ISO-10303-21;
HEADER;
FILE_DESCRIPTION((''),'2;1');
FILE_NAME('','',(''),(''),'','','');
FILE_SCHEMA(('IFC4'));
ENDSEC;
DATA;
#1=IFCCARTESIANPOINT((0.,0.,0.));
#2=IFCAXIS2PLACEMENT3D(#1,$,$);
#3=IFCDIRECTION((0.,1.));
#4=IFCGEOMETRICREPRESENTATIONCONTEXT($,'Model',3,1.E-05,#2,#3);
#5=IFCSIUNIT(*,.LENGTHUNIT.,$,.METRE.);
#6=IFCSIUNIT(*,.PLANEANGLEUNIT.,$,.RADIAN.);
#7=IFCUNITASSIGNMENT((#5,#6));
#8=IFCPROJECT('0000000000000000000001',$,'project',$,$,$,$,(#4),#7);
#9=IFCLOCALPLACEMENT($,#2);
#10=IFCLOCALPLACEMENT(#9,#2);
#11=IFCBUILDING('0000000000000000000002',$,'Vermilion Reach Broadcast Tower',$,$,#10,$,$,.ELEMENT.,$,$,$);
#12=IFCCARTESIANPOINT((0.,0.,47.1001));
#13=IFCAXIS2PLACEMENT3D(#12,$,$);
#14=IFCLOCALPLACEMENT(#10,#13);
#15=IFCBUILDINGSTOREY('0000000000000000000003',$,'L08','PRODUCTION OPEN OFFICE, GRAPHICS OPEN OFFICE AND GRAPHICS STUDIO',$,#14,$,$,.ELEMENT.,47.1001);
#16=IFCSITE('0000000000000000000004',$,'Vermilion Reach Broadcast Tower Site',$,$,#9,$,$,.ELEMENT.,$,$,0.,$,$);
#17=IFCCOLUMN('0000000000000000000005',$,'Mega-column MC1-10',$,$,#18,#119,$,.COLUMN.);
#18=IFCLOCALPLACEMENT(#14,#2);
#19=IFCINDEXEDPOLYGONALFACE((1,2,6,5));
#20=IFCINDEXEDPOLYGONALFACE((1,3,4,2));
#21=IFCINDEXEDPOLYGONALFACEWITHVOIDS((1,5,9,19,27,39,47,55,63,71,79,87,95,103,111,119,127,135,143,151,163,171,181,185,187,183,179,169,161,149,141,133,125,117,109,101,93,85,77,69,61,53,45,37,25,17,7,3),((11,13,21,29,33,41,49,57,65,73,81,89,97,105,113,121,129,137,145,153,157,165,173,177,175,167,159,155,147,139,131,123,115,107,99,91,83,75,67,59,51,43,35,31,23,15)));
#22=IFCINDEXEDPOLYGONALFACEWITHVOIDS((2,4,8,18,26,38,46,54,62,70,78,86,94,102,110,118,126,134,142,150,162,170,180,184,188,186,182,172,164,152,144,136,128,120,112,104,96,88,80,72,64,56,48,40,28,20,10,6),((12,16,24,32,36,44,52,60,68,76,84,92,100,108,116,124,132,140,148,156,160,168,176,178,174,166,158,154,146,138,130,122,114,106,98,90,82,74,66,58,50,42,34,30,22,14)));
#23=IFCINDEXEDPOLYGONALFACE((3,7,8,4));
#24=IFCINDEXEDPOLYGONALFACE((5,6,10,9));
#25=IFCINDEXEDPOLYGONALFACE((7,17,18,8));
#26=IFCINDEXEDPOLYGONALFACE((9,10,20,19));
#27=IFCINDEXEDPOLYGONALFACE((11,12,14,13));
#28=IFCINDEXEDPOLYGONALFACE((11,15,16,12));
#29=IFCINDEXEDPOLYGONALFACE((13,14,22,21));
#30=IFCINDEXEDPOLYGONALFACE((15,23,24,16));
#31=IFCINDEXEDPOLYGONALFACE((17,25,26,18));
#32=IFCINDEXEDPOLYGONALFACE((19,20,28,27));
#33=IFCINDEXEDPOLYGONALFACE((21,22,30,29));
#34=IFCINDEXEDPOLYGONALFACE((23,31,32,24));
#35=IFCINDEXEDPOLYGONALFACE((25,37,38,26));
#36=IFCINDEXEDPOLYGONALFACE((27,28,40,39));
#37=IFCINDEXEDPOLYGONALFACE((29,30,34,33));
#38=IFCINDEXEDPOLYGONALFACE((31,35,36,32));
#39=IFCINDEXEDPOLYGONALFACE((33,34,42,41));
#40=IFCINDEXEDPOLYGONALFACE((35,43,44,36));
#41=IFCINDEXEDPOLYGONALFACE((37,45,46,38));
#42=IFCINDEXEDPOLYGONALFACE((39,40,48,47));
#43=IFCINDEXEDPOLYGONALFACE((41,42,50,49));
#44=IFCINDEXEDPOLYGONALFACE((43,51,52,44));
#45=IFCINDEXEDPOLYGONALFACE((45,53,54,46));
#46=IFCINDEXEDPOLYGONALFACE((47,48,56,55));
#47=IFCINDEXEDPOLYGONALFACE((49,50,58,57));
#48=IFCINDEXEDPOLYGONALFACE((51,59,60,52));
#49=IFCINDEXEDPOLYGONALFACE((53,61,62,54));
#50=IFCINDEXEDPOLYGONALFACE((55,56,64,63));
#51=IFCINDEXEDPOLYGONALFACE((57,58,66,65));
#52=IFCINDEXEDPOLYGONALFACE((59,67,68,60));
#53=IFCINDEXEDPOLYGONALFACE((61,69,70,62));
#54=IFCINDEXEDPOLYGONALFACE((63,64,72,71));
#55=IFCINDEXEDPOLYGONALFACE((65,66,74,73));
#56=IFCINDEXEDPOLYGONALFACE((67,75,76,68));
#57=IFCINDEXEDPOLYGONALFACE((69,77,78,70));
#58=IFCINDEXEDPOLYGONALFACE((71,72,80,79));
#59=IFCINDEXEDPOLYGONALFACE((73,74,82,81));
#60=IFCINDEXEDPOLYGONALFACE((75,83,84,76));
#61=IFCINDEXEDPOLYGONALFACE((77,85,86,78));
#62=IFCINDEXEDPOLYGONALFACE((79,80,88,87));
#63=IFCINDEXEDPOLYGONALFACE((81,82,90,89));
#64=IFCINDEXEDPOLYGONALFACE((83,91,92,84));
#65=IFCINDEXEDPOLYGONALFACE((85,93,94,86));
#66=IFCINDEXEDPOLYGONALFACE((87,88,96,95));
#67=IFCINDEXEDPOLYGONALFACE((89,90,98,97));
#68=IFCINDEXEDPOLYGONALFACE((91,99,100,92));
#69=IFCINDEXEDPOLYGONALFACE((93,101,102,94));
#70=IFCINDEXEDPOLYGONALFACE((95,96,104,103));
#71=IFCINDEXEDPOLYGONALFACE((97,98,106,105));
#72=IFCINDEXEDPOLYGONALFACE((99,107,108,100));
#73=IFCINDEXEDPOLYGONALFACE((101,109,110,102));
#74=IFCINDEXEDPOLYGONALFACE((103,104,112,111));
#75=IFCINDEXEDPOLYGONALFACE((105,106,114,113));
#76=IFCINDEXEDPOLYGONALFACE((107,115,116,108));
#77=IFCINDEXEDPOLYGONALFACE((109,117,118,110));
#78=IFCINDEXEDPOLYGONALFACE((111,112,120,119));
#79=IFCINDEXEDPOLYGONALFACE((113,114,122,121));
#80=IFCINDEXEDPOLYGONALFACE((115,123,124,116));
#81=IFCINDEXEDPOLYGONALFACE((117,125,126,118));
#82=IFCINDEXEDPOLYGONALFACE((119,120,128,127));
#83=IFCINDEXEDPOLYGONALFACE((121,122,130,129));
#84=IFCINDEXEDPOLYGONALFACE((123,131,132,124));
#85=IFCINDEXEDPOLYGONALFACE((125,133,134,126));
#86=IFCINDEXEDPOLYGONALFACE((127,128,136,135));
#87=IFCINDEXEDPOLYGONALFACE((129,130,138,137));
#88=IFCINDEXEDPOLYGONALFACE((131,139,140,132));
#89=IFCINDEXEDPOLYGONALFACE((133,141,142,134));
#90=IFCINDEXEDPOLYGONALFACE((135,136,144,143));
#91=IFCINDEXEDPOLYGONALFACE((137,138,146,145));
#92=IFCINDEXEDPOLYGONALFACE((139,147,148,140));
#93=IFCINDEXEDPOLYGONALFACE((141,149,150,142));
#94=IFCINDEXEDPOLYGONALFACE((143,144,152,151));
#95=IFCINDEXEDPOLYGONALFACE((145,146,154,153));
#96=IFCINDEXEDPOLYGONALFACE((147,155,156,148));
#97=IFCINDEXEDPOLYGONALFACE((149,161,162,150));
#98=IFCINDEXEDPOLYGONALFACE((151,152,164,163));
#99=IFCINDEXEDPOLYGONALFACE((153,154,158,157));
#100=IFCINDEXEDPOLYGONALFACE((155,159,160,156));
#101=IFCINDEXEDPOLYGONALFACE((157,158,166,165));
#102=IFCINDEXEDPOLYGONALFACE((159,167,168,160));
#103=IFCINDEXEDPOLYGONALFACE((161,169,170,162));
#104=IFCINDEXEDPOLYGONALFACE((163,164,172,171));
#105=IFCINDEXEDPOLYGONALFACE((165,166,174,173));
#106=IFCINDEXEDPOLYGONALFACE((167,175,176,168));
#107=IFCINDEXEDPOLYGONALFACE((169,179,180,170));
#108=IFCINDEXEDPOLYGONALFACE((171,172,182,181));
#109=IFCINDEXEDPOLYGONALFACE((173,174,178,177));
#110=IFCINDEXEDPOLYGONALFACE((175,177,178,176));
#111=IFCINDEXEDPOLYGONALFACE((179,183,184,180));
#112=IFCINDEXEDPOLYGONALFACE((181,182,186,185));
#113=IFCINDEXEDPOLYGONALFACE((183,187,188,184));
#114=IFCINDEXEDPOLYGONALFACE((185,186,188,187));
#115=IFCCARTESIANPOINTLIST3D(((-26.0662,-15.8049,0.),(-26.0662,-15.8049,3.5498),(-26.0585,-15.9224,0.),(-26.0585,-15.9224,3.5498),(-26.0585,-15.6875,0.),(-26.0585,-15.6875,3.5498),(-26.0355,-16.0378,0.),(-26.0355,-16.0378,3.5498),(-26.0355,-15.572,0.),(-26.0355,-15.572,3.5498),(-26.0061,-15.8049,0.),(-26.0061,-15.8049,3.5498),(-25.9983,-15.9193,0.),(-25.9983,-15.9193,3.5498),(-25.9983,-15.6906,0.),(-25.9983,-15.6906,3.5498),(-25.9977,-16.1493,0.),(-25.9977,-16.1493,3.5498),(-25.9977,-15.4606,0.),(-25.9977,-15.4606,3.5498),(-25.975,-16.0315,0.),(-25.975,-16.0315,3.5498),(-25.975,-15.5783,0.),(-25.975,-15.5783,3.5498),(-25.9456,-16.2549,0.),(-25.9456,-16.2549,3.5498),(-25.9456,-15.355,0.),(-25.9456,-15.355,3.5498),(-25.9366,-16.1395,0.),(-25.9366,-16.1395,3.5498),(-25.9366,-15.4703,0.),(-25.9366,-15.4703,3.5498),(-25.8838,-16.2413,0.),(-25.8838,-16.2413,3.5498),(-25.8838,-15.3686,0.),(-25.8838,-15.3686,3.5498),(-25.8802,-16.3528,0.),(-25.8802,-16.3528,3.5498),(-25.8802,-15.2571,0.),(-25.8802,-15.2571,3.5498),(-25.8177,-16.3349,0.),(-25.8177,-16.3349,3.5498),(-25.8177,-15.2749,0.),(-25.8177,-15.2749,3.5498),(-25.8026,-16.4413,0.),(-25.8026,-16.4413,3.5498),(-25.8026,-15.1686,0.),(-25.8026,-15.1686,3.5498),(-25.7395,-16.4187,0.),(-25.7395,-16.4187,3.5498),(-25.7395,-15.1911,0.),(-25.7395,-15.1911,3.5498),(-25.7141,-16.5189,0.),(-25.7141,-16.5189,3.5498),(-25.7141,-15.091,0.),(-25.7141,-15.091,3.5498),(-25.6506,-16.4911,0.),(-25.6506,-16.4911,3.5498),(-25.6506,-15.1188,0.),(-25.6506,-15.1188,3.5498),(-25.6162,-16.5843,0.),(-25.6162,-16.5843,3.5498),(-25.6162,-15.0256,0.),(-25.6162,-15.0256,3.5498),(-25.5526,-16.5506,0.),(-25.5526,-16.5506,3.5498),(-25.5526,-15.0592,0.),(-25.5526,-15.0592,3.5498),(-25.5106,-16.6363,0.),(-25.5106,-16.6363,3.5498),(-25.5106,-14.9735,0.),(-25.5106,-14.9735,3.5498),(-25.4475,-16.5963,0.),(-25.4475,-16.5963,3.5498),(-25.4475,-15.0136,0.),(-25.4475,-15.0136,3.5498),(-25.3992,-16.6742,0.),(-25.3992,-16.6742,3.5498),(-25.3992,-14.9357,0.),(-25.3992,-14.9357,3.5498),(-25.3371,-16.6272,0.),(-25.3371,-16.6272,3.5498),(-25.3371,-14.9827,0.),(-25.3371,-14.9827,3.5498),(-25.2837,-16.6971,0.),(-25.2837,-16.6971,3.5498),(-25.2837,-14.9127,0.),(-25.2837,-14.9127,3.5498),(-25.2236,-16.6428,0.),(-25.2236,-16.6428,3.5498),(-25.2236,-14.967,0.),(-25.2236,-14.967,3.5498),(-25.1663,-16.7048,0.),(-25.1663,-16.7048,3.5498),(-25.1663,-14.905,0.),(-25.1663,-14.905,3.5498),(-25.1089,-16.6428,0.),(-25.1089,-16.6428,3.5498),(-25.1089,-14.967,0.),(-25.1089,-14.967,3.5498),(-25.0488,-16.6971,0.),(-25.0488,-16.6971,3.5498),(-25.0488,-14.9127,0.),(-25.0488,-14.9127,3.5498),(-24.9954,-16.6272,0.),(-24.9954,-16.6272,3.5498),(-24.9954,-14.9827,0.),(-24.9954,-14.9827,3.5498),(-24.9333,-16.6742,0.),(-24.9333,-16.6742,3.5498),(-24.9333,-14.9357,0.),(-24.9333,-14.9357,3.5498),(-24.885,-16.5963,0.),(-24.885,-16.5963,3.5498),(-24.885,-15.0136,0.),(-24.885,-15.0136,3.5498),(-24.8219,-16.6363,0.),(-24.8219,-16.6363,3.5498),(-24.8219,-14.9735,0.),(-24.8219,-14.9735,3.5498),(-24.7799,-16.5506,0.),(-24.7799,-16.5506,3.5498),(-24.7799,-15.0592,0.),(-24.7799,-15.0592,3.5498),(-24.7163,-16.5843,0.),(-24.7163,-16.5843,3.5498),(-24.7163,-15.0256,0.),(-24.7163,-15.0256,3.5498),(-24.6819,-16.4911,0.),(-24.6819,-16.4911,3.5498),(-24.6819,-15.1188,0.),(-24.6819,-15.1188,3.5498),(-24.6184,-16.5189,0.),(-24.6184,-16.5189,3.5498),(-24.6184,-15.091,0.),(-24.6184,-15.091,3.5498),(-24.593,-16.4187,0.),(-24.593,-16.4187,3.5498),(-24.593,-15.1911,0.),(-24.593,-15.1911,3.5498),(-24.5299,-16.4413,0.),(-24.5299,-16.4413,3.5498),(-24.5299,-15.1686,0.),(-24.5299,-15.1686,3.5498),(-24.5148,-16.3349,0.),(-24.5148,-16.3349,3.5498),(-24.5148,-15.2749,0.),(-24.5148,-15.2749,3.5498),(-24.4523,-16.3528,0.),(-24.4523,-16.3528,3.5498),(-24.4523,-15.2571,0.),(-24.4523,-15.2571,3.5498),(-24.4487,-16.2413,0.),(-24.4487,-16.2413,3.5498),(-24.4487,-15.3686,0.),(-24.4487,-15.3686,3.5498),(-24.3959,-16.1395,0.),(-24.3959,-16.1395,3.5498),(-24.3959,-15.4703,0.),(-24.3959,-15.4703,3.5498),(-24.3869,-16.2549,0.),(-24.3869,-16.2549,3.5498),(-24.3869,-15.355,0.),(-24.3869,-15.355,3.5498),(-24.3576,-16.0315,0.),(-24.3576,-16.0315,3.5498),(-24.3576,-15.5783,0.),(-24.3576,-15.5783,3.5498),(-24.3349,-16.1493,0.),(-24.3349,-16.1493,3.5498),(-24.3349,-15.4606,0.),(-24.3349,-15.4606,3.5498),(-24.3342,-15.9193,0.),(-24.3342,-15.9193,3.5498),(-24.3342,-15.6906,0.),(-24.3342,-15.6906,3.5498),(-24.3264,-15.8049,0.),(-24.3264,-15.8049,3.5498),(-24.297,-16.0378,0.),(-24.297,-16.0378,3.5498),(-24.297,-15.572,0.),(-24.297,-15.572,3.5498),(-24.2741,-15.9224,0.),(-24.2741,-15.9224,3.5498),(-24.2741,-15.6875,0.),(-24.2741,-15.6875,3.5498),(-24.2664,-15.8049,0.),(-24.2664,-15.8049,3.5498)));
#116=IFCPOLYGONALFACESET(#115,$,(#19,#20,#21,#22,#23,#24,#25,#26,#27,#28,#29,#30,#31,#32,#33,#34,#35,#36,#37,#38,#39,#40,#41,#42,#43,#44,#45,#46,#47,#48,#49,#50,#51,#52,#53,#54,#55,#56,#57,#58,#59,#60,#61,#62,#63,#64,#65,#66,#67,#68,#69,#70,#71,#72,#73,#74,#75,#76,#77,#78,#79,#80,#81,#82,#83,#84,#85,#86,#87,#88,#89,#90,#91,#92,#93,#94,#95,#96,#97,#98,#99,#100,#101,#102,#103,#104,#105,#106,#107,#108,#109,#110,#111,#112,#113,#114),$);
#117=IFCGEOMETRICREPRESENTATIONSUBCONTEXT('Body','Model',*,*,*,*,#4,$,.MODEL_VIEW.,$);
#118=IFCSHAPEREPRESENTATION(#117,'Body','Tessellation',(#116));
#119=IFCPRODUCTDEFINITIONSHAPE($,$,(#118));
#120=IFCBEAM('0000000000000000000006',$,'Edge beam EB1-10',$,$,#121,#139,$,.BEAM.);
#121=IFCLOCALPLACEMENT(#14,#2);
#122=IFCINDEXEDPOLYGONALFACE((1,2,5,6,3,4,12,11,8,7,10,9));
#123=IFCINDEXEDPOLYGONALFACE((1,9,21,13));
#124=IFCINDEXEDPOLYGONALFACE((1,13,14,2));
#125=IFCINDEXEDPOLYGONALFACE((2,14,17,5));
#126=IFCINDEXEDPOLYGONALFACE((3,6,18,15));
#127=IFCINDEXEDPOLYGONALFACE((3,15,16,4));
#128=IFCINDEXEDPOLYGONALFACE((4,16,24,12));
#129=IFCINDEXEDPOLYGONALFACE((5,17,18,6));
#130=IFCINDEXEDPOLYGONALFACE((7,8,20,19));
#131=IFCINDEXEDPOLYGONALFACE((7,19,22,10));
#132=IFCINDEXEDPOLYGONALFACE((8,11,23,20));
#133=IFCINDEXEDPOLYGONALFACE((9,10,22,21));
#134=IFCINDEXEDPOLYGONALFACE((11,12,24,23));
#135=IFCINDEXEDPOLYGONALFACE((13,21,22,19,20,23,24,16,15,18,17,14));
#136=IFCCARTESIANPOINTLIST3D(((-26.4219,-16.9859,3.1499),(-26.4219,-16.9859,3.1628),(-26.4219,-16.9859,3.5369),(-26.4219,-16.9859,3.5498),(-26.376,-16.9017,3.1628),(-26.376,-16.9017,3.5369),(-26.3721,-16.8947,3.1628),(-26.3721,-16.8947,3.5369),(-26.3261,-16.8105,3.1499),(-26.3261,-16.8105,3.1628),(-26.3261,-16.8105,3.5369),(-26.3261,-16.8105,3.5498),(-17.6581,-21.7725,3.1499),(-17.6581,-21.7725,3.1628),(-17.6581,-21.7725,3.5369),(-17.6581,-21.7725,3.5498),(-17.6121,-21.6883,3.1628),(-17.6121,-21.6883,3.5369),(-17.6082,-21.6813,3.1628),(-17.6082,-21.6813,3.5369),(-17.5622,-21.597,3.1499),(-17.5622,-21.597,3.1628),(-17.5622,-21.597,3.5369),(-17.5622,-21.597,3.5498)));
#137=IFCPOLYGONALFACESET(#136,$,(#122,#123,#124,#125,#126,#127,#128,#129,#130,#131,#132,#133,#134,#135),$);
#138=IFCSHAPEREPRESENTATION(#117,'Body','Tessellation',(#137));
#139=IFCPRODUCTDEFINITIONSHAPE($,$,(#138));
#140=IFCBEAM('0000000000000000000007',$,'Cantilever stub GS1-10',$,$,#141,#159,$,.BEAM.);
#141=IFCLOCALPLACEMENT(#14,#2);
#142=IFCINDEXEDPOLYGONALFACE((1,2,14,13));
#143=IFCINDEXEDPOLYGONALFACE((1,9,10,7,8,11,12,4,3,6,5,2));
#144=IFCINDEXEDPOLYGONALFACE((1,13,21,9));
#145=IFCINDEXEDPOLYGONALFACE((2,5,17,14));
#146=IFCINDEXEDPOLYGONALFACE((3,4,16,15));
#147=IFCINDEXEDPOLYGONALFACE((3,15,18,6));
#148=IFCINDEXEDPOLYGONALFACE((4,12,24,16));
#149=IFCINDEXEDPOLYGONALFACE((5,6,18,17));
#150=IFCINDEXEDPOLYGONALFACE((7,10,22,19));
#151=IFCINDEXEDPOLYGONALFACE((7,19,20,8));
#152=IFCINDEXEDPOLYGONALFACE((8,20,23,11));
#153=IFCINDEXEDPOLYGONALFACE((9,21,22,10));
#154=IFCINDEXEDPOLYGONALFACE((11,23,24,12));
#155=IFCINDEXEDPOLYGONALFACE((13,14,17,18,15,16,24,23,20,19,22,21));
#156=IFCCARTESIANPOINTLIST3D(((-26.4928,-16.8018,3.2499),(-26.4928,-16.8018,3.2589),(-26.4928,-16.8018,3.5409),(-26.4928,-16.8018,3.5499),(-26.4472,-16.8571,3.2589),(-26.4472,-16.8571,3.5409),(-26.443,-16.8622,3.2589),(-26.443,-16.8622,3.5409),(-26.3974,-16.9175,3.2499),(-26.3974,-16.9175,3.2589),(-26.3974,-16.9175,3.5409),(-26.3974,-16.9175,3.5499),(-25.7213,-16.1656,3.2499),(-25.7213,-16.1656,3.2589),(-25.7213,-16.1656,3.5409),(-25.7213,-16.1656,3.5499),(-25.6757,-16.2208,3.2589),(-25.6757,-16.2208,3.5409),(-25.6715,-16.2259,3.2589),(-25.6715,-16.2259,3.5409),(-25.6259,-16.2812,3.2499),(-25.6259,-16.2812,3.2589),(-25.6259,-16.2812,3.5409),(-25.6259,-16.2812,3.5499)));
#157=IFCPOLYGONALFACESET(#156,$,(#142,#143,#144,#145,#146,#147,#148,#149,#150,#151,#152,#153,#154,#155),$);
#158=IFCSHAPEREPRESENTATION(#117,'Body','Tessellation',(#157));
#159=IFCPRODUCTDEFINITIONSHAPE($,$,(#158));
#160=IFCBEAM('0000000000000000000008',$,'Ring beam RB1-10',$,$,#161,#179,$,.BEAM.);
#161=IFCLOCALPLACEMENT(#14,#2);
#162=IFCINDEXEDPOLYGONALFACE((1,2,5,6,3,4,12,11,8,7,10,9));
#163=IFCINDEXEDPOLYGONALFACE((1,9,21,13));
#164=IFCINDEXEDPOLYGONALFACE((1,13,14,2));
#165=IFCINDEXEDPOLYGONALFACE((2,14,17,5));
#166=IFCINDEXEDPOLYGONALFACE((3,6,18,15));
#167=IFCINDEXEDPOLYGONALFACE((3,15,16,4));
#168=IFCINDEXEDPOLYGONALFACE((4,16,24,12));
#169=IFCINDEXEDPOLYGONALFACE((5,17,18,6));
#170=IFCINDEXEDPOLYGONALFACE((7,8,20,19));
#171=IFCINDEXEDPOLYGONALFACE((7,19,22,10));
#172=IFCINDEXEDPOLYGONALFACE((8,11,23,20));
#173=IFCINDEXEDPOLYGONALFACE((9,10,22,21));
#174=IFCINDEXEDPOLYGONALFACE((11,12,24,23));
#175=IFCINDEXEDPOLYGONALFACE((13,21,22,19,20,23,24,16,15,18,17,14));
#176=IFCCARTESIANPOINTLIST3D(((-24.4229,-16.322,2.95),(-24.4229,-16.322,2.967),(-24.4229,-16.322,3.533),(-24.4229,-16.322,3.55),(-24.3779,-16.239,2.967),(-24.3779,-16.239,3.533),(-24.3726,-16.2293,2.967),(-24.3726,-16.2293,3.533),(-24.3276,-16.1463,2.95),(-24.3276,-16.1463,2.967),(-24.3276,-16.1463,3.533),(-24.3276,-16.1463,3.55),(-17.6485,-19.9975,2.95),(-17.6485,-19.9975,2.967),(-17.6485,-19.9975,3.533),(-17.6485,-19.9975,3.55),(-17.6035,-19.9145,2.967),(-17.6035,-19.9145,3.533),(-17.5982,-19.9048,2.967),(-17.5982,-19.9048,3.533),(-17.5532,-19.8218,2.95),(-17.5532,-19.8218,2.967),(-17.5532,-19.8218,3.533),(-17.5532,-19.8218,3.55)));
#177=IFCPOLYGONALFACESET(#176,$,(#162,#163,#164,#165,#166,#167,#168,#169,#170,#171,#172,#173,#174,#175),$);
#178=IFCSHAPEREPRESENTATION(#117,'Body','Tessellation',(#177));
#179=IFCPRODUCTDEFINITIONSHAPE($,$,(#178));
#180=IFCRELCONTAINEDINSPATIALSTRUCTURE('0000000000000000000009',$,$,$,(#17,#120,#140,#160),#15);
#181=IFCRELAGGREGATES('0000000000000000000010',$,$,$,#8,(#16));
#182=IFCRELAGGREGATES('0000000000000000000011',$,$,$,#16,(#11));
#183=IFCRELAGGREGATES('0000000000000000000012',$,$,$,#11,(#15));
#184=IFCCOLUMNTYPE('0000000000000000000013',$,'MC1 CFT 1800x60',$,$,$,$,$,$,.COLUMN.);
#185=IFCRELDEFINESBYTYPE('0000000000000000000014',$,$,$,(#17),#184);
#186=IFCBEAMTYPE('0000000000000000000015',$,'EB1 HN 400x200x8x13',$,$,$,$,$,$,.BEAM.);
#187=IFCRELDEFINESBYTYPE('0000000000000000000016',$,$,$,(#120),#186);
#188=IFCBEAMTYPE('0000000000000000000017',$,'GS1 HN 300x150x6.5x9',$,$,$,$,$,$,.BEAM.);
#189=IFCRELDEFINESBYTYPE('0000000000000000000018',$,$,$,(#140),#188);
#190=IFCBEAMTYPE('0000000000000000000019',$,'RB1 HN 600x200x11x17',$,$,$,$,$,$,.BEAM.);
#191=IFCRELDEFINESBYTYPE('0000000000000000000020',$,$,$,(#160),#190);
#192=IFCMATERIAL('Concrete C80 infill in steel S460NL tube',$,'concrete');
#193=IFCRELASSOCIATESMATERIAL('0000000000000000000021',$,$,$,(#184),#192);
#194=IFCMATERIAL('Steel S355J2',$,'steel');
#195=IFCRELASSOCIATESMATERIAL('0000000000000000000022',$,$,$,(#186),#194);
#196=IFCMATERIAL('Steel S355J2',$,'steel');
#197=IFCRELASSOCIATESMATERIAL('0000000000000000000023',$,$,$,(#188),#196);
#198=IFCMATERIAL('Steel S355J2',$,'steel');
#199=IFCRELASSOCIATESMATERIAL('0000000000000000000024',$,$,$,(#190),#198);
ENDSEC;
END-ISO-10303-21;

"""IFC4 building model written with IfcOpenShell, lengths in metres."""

from ifc_helpers import new_model, si_unit, direction, frame, origin, origin_2d, place, context, subcontext, project, spatial, hollow_circle, i_section, extrude, material, material_profile, profile_set, type_object, element, save


model = new_model("IFC4")

# Units and contexts
model_context = context("Model", 3, precision=1e-05, world=origin(), true_north=direction((0.0, 1.0)))
body_context = subcontext(model_context, "Body", "Model", "MODEL_VIEW")
ifc_project = project(units=[si_unit("LENGTHUNIT", "METRE"), si_unit("PLANEANGLEUNIT", "RADIAN")], contexts=[model_context])

# Site, building, storey
site_placement = place(None, origin())
site = spatial("IfcSite", under=ifc_project, at=site_placement, Name="Vermilion Reach Broadcast Tower Site", CompositionType="ELEMENT", RefElevation=0.0)
building_placement = place(site_placement, origin())
building = spatial("IfcBuilding", under=site, at=building_placement, Name="Vermilion Reach Broadcast Tower", CompositionType="ELEMENT")
storey_placement = place(building_placement, frame((0.0, 0.0, 47.1001)))
storey = spatial("IfcBuildingStorey", under=building, at=storey_placement, Name="L08", Description="PRODUCTION OPEN OFFICE, GRAPHICS OPEN OFFICE AND GRAPHICS STUDIO", CompositionType="ELEMENT", Elevation=47.1001)

# Column
ifc_material_1 = material(Name="Concrete C80 infill in steel S460NL tube", Category="concrete")
ifc_material_profile_1 = material_profile(ifc_material_1, hollow_circle(Radius=0.8999, WallThickness=0.0601, at=origin_2d()), Name="Concrete C80 infill in steel S460NL tube CFT 1800x60")
ifc_profile_set_1 = profile_set([ifc_material_profile_1], Name="Concrete C80 infill in steel S460NL tube")
column_type = type_object("IfcColumnType", Name="MC1 CFT 1800x60", PredefinedType="COLUMN", material=ifc_profile_set_1)
column_placement = place(storey_placement, frame((-25.1663, -15.8049, 0.0), z_axis=(0.0, 0.0, 1.0), x_axis=(1.0, 0.0, 0.0)))
element("IfcColumn", 1, at=column_placement, inside=storey, type_object=column_type, Name="Mega-column MC1-10", PredefinedType="COLUMN", context=body_context, shape_type="SweptSolid", body=[
    extrude(hollow_circle(Radius=0.8999, WallThickness=0.0601, at=origin_2d()), origin(), (0.0, 0.0, 1.0), 3.5498),
])

# Beams
ifc_material_2 = material(Name="Steel S355J2", Category="steel")
ifc_material_profile_2 = material_profile(ifc_material_2, i_section(OverallWidth=0.2, OverallDepth=0.3999, WebThickness=0.0081, FlangeThickness=0.0129, at=origin_2d()), Name="S355J2 HN 400x200x8x13")
ifc_profile_set_2 = profile_set([ifc_material_profile_2], Name="Steel S355J2")
beam_type_1 = type_object("IfcBeamType", Name="EB1 HN 400x200x8x13", PredefinedType="BEAM", material=ifc_profile_set_2)
beam_1_placement = place(storey_placement, frame((-26.374, -16.8982, 3.3499), z_axis=(0.87763, -0.479339, 0.0), x_axis=(0.479339, 0.87763, 0.0)))
element("IfcBeam", 2, at=beam_1_placement, inside=storey, type_object=beam_type_1, Name="Edge beam EB1-10", PredefinedType="BEAM", context=body_context, shape_type="SweptSolid", body=[
    extrude(i_section(OverallWidth=0.2, OverallDepth=0.3999, WebThickness=0.0081, FlangeThickness=0.0129, at=origin_2d()), origin(), (0.0, 0.0, 1.0), 9.9858),
])
ifc_material_3 = material(Name="Steel S355J2", Category="steel")
ifc_material_profile_3 = material_profile(ifc_material_3, i_section(OverallWidth=0.1499, OverallDepth=0.3, WebThickness=0.0066, FlangeThickness=0.009, at=origin_2d()), Name="S355J2 HN 300x150x6.5x9")
ifc_profile_set_3 = profile_set([ifc_material_profile_3], Name="Steel S355J2")
beam_type_2 = type_object("IfcBeamType", Name="GS1 HN 300x150x6.5x9", PredefinedType="BEAM", material=ifc_profile_set_3)
beam_2_placement = place(storey_placement, frame((-25.6736, -16.2234, 3.3999), z_axis=(-0.771493, -0.636238, 0.0), x_axis=(0.636238, -0.771493, 0.0)))
element("IfcBeam", 3, at=beam_2_placement, inside=storey, type_object=beam_type_2, Name="Cantilever stub GS1-10", PredefinedType="BEAM", context=body_context, shape_type="SweptSolid", body=[
    extrude(i_section(OverallWidth=0.1499, OverallDepth=0.3, WebThickness=0.0066, FlangeThickness=0.009, at=origin_2d()), origin(), (0.0, 0.0, 1.0), 1.0),
])
ifc_material_4 = material(Name="Steel S355J2", Category="steel")
ifc_material_profile_4 = material_profile(ifc_material_4, i_section(OverallWidth=0.2, OverallDepth=0.6001, WebThickness=0.011, FlangeThickness=0.0171, at=origin_2d()), Name="S355J2 HN 600x200x11x17")
ifc_profile_set_4 = profile_set([ifc_material_profile_4], Name="Steel S355J2")
beam_type_3 = type_object("IfcBeamType", Name="RB1 HN 600x200x11x17", PredefinedType="BEAM", material=ifc_profile_set_4)
beam_3_placement = place(storey_placement, frame((-24.3752, -16.2341, 3.25), z_axis=(0.878962, -0.476891, 0.0), x_axis=(0.476891, 0.878962, 0.0)))
element("IfcBeam", 4, at=beam_3_placement, inside=storey, type_object=beam_type_3, Name="Ring beam RB1-10", PredefinedType="BEAM", context=body_context, shape_type="SweptSolid", body=[
    extrude(i_section(OverallWidth=0.2, OverallDepth=0.6001, WebThickness=0.011, FlangeThickness=0.0171, at=origin_2d()), origin(), (0.0, 0.0, 1.0), 7.7073),
])

save(model, "model.ifc")
